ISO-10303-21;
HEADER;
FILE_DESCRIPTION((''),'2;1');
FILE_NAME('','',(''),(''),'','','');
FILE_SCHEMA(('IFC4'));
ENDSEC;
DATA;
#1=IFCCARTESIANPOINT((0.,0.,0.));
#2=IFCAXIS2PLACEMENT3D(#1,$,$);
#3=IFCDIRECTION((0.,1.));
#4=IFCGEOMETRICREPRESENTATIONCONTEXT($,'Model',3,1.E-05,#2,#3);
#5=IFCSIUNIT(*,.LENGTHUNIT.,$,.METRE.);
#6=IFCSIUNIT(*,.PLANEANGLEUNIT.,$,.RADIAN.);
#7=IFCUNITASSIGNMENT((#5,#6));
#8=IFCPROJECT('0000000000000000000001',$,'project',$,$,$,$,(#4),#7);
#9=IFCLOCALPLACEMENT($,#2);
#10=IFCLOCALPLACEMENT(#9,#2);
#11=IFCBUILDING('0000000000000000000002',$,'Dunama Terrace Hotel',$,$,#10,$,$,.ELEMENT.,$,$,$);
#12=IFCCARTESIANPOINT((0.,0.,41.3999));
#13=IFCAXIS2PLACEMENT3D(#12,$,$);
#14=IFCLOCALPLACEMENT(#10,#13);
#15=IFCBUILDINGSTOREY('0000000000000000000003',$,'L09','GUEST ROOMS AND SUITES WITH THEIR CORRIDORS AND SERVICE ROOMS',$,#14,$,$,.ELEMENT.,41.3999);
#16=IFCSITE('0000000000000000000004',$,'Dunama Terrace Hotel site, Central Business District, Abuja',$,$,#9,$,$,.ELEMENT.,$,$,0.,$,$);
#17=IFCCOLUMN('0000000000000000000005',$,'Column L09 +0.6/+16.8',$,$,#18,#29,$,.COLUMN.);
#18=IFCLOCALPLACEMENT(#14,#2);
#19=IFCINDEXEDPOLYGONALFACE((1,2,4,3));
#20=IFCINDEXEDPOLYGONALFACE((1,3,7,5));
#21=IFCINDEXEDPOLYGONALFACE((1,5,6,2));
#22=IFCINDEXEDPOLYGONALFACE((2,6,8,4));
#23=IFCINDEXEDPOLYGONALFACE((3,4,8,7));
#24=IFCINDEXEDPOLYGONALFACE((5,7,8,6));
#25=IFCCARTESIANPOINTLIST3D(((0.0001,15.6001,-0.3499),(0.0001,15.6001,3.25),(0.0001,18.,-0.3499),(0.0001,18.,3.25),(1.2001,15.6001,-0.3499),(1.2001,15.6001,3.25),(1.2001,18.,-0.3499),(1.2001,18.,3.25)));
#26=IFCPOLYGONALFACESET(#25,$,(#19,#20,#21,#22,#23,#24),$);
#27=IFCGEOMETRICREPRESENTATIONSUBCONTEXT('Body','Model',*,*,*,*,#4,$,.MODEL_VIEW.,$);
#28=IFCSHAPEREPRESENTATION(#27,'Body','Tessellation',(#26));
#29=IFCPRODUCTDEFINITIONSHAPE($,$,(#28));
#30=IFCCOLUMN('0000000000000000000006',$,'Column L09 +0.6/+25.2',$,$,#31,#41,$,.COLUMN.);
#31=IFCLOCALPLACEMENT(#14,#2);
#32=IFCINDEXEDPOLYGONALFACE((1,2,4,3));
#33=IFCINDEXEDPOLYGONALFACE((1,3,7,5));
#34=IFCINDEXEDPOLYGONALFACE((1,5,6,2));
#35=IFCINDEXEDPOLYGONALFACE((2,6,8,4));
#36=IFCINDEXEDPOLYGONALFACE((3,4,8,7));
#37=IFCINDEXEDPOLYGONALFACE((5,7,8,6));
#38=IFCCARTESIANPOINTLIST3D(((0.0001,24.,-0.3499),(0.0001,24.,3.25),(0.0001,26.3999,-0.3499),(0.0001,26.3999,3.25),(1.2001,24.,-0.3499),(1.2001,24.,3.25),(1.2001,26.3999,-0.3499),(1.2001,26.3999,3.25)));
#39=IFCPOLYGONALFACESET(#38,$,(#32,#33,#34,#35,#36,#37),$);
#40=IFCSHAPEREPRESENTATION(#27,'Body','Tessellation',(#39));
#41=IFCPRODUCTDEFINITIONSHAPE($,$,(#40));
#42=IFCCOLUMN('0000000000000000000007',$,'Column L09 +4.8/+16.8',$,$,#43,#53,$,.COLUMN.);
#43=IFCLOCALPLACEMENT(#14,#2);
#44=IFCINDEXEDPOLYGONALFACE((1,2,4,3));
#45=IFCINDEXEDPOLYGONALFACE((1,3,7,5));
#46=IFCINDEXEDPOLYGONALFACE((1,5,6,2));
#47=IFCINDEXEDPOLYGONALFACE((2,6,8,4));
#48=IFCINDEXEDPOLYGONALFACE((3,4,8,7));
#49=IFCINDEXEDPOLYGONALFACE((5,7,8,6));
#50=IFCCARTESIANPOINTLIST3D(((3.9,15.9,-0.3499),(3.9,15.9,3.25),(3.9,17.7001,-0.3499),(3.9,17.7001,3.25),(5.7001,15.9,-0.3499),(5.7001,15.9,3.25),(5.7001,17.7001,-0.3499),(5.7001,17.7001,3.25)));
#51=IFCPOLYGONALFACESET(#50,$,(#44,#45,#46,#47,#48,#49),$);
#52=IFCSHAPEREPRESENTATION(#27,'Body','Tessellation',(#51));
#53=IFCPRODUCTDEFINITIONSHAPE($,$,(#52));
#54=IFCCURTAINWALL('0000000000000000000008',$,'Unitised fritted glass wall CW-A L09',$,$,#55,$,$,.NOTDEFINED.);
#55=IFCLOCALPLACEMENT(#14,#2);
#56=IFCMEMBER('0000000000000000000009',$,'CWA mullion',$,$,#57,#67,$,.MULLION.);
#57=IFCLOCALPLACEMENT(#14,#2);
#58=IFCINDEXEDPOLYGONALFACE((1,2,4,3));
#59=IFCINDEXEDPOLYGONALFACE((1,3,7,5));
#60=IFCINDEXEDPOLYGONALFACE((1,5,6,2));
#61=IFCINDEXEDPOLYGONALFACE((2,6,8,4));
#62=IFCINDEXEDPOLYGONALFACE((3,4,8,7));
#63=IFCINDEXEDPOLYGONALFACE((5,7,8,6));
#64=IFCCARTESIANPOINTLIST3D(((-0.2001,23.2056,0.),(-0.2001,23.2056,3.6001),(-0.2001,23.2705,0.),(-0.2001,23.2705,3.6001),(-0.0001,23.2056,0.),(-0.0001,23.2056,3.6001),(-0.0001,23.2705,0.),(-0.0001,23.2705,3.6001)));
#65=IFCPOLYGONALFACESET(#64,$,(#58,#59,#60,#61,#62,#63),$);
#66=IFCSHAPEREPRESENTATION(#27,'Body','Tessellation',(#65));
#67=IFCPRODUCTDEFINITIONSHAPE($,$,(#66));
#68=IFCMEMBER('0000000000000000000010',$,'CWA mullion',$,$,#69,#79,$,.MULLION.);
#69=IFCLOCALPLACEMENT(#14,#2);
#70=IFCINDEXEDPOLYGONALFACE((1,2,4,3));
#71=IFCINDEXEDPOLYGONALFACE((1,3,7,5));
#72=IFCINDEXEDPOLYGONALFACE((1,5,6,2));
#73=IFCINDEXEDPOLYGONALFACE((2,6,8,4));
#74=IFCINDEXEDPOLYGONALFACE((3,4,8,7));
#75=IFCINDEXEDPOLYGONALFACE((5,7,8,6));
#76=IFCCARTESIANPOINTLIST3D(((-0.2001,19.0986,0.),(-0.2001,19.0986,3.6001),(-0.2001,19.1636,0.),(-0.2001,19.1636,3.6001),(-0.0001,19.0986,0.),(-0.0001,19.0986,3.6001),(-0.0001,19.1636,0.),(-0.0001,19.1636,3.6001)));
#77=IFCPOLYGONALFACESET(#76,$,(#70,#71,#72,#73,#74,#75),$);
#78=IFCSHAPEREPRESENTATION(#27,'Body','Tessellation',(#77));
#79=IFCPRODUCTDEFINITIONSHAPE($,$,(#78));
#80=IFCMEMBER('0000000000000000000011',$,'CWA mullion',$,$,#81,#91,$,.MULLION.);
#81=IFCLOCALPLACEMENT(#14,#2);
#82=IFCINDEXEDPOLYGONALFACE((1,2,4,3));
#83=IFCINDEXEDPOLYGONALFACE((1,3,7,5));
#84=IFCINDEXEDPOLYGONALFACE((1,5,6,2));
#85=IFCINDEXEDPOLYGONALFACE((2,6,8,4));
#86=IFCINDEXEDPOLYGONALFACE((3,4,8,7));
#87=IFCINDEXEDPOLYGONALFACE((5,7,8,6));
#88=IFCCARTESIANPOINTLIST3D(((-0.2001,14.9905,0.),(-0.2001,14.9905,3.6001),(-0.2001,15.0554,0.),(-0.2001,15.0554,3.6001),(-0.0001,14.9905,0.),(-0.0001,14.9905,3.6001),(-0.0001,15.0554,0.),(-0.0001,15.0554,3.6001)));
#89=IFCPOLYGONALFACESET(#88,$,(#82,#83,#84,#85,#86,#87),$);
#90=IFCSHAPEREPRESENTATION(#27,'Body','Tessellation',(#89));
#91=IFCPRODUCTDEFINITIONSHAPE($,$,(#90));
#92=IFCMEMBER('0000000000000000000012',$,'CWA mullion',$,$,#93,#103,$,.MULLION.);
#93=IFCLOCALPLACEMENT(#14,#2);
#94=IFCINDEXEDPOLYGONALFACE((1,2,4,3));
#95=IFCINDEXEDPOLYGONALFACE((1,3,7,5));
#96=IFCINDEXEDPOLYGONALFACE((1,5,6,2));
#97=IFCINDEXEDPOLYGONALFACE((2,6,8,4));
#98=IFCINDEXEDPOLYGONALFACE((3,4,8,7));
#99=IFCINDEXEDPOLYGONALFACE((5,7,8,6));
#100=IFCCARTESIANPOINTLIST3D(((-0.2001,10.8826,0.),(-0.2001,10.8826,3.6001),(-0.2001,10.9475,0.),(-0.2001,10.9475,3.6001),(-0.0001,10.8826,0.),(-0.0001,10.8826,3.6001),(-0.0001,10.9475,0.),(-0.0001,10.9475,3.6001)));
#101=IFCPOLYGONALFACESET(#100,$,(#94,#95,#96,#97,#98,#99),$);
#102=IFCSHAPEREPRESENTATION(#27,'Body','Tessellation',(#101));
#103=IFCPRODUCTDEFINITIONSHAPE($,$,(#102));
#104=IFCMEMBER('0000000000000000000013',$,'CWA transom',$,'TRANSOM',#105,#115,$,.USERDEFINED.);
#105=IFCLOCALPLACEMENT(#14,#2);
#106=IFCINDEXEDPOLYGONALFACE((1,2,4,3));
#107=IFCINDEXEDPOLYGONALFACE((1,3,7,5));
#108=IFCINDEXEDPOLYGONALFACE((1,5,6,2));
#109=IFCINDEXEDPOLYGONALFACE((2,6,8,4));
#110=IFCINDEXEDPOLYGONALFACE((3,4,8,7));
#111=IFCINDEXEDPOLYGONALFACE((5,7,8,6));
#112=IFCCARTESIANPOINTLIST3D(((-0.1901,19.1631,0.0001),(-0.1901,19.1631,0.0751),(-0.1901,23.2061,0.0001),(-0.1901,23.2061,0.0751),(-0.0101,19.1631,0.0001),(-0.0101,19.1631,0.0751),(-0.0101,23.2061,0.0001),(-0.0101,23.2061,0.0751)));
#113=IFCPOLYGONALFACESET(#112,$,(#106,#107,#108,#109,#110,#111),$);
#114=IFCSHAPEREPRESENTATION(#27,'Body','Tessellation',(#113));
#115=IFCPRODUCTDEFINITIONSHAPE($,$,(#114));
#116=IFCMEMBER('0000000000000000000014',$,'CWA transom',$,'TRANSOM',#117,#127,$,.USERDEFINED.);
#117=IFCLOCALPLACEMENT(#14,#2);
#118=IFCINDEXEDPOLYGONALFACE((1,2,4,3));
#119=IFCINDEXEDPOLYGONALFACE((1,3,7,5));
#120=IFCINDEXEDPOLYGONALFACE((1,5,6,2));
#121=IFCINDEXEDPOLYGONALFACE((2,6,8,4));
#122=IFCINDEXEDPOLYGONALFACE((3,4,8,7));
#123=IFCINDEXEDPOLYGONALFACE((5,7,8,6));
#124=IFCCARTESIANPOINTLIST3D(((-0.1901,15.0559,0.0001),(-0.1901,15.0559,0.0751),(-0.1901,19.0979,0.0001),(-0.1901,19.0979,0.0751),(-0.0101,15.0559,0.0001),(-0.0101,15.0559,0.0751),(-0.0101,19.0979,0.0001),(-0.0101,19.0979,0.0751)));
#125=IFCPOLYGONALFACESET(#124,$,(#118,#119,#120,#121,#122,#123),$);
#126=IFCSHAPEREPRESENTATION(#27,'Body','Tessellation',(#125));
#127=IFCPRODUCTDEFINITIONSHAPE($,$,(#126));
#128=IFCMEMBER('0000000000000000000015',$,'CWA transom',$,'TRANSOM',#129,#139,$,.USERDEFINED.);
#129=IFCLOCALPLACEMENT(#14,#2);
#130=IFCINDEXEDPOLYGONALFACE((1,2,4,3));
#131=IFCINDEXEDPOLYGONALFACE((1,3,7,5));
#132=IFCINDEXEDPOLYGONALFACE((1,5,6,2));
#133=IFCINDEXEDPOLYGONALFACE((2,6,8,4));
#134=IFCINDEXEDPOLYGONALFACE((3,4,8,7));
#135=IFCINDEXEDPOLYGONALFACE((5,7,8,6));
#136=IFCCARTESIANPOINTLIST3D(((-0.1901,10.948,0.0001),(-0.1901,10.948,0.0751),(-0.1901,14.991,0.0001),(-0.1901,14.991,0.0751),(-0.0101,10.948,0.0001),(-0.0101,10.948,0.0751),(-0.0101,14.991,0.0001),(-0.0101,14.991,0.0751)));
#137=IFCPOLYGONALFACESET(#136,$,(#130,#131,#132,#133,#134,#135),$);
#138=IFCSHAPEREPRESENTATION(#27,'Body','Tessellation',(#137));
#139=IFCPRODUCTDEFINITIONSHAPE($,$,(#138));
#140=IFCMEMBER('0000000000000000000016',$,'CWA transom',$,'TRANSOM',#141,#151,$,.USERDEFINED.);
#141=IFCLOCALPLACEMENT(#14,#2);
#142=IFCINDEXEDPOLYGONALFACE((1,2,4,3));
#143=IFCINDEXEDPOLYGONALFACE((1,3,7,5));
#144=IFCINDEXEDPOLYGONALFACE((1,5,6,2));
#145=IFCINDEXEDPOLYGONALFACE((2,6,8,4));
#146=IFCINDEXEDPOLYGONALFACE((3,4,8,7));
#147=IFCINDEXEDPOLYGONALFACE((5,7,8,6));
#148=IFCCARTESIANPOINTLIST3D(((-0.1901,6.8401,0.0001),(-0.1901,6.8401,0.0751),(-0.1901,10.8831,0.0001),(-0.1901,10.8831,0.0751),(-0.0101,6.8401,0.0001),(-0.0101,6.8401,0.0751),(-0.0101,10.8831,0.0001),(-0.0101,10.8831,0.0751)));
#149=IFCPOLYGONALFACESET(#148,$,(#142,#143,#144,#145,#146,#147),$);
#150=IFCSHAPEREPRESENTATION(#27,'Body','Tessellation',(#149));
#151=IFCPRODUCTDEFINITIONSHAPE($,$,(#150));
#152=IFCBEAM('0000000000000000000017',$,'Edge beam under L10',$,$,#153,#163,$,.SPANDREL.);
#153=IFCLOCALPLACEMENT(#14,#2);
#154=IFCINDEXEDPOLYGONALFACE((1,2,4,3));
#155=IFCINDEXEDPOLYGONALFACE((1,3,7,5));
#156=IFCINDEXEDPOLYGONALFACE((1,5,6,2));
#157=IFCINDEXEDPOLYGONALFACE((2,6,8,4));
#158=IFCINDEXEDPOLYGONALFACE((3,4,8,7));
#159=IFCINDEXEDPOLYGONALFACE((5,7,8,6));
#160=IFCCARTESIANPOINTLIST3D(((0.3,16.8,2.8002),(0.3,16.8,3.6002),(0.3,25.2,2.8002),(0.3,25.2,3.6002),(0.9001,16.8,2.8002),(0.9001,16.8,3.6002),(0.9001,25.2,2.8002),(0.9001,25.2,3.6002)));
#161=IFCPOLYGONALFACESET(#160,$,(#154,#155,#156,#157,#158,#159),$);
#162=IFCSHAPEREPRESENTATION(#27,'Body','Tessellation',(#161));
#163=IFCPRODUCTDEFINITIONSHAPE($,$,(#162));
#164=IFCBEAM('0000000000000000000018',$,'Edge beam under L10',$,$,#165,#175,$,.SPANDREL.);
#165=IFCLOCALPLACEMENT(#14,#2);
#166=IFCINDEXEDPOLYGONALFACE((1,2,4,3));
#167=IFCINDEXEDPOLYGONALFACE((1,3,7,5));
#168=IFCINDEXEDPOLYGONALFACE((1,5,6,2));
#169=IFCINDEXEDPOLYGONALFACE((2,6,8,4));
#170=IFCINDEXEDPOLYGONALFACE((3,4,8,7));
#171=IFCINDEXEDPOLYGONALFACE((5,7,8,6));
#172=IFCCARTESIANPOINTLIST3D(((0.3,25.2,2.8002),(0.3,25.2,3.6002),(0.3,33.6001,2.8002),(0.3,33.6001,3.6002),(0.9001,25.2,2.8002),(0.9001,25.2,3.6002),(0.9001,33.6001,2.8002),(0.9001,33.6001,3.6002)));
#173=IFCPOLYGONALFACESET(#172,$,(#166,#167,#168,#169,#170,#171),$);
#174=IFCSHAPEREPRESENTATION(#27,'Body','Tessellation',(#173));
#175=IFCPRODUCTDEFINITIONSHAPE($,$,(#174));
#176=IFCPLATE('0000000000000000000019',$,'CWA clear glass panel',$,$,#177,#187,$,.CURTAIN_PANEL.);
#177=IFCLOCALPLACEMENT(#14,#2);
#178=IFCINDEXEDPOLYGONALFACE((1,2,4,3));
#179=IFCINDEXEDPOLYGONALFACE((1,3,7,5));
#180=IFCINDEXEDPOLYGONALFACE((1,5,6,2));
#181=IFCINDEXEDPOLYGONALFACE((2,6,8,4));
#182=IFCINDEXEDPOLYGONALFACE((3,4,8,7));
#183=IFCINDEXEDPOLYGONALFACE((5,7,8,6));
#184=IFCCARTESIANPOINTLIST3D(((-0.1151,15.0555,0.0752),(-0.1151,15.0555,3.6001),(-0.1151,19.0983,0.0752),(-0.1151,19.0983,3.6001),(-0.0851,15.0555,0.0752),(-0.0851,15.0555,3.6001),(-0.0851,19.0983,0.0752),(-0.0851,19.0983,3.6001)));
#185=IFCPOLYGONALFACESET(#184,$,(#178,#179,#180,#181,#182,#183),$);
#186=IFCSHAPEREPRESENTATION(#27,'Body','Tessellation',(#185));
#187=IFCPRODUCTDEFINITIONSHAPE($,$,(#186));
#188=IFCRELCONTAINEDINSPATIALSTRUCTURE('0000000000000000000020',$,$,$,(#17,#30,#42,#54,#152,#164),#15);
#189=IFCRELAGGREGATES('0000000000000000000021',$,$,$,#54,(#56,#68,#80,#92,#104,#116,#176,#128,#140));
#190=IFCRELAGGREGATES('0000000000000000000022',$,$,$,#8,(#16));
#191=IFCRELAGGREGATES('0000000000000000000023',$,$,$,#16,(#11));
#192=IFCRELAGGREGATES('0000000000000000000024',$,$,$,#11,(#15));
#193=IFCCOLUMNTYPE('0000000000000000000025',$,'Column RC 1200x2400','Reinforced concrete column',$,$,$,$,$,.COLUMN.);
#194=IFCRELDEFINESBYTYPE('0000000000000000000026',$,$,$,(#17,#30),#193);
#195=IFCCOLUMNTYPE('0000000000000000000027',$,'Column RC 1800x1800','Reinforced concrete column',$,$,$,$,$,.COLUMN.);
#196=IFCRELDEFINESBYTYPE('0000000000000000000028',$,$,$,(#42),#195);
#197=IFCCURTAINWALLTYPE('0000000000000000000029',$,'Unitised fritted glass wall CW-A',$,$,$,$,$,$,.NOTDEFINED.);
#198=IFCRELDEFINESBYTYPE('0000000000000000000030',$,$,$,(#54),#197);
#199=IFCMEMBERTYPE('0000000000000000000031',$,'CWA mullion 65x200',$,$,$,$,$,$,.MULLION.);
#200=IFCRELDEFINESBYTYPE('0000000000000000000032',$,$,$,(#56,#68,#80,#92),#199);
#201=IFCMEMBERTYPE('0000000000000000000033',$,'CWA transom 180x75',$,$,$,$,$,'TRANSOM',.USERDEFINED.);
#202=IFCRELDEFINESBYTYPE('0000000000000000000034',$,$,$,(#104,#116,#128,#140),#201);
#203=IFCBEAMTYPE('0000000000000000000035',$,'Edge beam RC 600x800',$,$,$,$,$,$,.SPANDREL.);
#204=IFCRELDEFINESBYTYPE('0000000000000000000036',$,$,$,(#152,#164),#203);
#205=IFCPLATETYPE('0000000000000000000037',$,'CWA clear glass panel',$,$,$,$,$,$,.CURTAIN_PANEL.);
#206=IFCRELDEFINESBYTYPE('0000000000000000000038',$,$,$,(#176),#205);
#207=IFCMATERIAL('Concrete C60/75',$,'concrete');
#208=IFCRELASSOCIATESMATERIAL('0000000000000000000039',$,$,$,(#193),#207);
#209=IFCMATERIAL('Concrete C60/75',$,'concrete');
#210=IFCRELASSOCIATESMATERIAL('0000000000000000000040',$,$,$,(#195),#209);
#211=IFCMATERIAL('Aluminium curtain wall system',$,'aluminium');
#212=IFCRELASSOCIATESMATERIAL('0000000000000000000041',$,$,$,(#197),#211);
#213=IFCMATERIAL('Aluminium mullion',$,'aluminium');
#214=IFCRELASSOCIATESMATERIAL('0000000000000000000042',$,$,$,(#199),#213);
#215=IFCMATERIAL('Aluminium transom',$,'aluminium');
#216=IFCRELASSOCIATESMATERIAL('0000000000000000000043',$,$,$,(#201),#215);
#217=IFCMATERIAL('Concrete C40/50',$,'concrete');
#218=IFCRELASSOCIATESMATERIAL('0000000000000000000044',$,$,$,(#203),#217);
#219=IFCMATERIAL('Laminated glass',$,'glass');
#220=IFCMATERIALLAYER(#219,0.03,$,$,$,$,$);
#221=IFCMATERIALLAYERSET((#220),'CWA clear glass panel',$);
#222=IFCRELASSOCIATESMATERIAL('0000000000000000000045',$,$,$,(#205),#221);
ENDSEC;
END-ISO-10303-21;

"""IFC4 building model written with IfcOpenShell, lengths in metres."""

from ifc_helpers import new_model, si_unit, direction, frame, origin, origin_2d, place, context, subcontext, project, spatial, rectangle, extrude, material, layer, layer_set, material_profile, profile_set, type_object, element, aggregate, save


model = new_model("IFC4")

# Units and contexts
model_context = context("Model", 3, precision=1e-05, world=origin(), true_north=direction((0.0, 1.0)))
body_context = subcontext(model_context, "Body", "Model", "MODEL_VIEW")
ifc_project = project(units=[si_unit("LENGTHUNIT", "METRE"), si_unit("PLANEANGLEUNIT", "RADIAN")], contexts=[model_context])

# Site, building, storey
site_placement = place(None, origin())
site = spatial("IfcSite", under=ifc_project, at=site_placement, Name="Dunama Terrace Hotel site, Central Business District, Abuja", CompositionType="ELEMENT", RefElevation=0.0)
building_placement = place(site_placement, origin())
building = spatial("IfcBuilding", under=site, at=building_placement, Name="Dunama Terrace Hotel", CompositionType="ELEMENT")
storey_placement = place(building_placement, frame((0.0, 0.0, 41.3999)))
storey = spatial("IfcBuildingStorey", under=building, at=storey_placement, Name="L09", Description="GUEST ROOMS AND SUITES WITH THEIR CORRIDORS AND SERVICE ROOMS", CompositionType="ELEMENT", Elevation=41.3999)

# Columns
ifc_material_1 = material(Name="Concrete C60/75", Category="concrete")
ifc_material_profile_1 = material_profile(ifc_material_1, rectangle(XDim=1.2, YDim=2.3999, at=origin_2d()), Name="RC 1200x2400")
ifc_profile_set_1 = profile_set([ifc_material_profile_1], Name="Concrete C60/75")
column_type_1 = type_object("IfcColumnType", Name="Column RC 1200x2400", Description="Reinforced concrete column", PredefinedType="COLUMN", material=ifc_profile_set_1)
for number, where, z_axis, x_axis, name in (
    (1, (0.6001, 16.8, -0.3499), (0.0, 0.0, 1.0), (1.0, 0.0, 0.0), "Column L09 +0.6/+16.8"),
    (2, (0.6001, 25.2, -0.3499), (0.0, 0.0, 1.0), (1.0, 0.0, 0.0), "Column L09 +0.6/+25.2"),
):
    element("IfcColumn", number, at=place(storey_placement, frame(where, z_axis=z_axis, x_axis=x_axis)), inside=storey, type_object=column_type_1, Name=name, PredefinedType="COLUMN", context=body_context, shape_type="SweptSolid", body=[
        extrude(rectangle(XDim=1.2, YDim=2.3999, at=origin_2d()), origin(), (0.0, 0.0, 1.0), 3.5999),
    ])
ifc_material_2 = material(Name="Concrete C60/75", Category="concrete")
ifc_material_profile_2 = material_profile(ifc_material_2, rectangle(XDim=1.8, YDim=1.8, at=origin_2d()), Name="RC 1800x1800")
ifc_profile_set_2 = profile_set([ifc_material_profile_2], Name="Concrete C60/75")
column_type_2 = type_object("IfcColumnType", Name="Column RC 1800x1800", Description="Reinforced concrete column", PredefinedType="COLUMN", material=ifc_profile_set_2)
column_placement = place(storey_placement, frame((4.8, 16.8, -0.3499), z_axis=(0.0, 0.0, 1.0), x_axis=(1.0, 0.0, 0.0)))
element("IfcColumn", 3, at=column_placement, inside=storey, type_object=column_type_2, Name="Column L09 +4.8/+16.8", PredefinedType="COLUMN", context=body_context, shape_type="SweptSolid", body=[
    extrude(rectangle(XDim=1.8, YDim=1.8, at=origin_2d()), origin(), (0.0, 0.0, 1.0), 3.5999),
])

# Curtain wall, members
ifc_material_3 = material(Name="Aluminium curtain wall system", Category="aluminium")
curtain_wall_type = type_object("IfcCurtainWallType", Name="Unitised fritted glass wall CW-A", PredefinedType="NOTDEFINED", material=ifc_material_3)
curtain_wall_placement = place(storey_placement, origin())
curtain_wall = element("IfcCurtainWall", 4, at=curtain_wall_placement, inside=storey, type_object=curtain_wall_type, Name="Unitised fritted glass wall CW-A L09", PredefinedType="NOTDEFINED")
ifc_material_4 = material(Name="Aluminium mullion", Category="aluminium")
ifc_material_profile_3 = material_profile(ifc_material_4, rectangle(XDim=0.0649, YDim=0.2, at=origin_2d()), Name="CWA MULLION 65X200")
ifc_profile_set_3 = profile_set([ifc_material_profile_3], Name="Aluminium mullion")
member_type_1 = type_object("IfcMemberType", Name="CWA mullion 65x200", PredefinedType="MULLION", material=ifc_profile_set_3)
member_1_placement = place(storey_placement, frame((-0.1001, 23.238, 0.0), z_axis=(0.0, 0.0, 1.0), x_axis=(0.0, -1.0, 0.0)))
member_1 = element("IfcMember", 5, at=member_1_placement, type_object=member_type_1, Name="CWA mullion", PredefinedType="MULLION", context=body_context, shape_type="SweptSolid", body=[
    extrude(rectangle(XDim=0.0649, YDim=0.2, at=origin_2d()), origin(), (0.0, 0.0, 1.0), 3.6001),
])
member_2_placement = place(storey_placement, frame((-0.1001, 19.1311, 0.0), z_axis=(0.0, 0.0, 1.0), x_axis=(0.0, -1.0, 0.0)))
member_2 = element("IfcMember", 6, at=member_2_placement, type_object=member_type_1, Name="CWA mullion", PredefinedType="MULLION", context=body_context, shape_type="SweptSolid", body=[
    extrude(rectangle(XDim=0.0649, YDim=0.2, at=origin_2d()), origin(), (0.0, 0.0, 1.0), 3.6001),
])
member_3_placement = place(storey_placement, frame((-0.1001, 15.0229, 0.0), z_axis=(0.0, 0.0, 1.0), x_axis=(0.0, -1.0, 0.0)))
member_3 = element("IfcMember", 7, at=member_3_placement, type_object=member_type_1, Name="CWA mullion", PredefinedType="MULLION", context=body_context, shape_type="SweptSolid", body=[
    extrude(rectangle(XDim=0.0649, YDim=0.2, at=origin_2d()), origin(), (0.0, 0.0, 1.0), 3.6001),
])
member_4_placement = place(storey_placement, frame((-0.1001, 10.915, 0.0), z_axis=(0.0, 0.0, 1.0), x_axis=(0.0, -1.0, 0.0)))
member_4 = element("IfcMember", 8, at=member_4_placement, type_object=member_type_1, Name="CWA mullion", PredefinedType="MULLION", context=body_context, shape_type="SweptSolid", body=[
    extrude(rectangle(XDim=0.0649, YDim=0.2, at=origin_2d()), origin(), (0.0, 0.0, 1.0), 3.6001),
])
ifc_material_5 = material(Name="Aluminium transom", Category="aluminium")
ifc_material_profile_4 = material_profile(ifc_material_5, rectangle(XDim=0.1799, YDim=0.075, at=origin_2d()), Name="CWA TRANSOM 180X75")
ifc_profile_set_4 = profile_set([ifc_material_profile_4], Name="Aluminium transom")
member_type_2 = type_object("IfcMemberType", Name="CWA transom 180x75", ElementType="TRANSOM", PredefinedType="USERDEFINED", material=ifc_profile_set_4)
member_5_placement = place(storey_placement, frame((-0.1001, 23.2061, 0.0376), z_axis=(0.0, -1.0, 0.0), x_axis=(1.0, 0.0, 0.0)))
member_5 = element("IfcMember", 9, at=member_5_placement, type_object=member_type_2, Name="CWA transom", ObjectType="TRANSOM", PredefinedType="USERDEFINED", context=body_context, shape_type="SweptSolid", body=[
    extrude(rectangle(XDim=0.1799, YDim=0.075, at=origin_2d()), origin(), (0.0, 0.0, 1.0), 4.043),
])
member_6_placement = place(storey_placement, frame((-0.1001, 19.0979, 0.0376), z_axis=(0.0, -1.0, 0.0), x_axis=(1.0, 0.0, 0.0)))
member_6 = element("IfcMember", 10, at=member_6_placement, type_object=member_type_2, Name="CWA transom", ObjectType="TRANSOM", PredefinedType="USERDEFINED", context=body_context, shape_type="SweptSolid", body=[
    extrude(rectangle(XDim=0.1799, YDim=0.075, at=origin_2d()), origin(), (0.0, 0.0, 1.0), 4.042),
])
member_7_placement = place(storey_placement, frame((-0.1001, 14.991, 0.0376), z_axis=(0.0, -1.0, 0.0), x_axis=(1.0, 0.0, 0.0)))
member_7 = element("IfcMember", 11, at=member_7_placement, type_object=member_type_2, Name="CWA transom", ObjectType="TRANSOM", PredefinedType="USERDEFINED", context=body_context, shape_type="SweptSolid", body=[
    extrude(rectangle(XDim=0.1799, YDim=0.075, at=origin_2d()), origin(), (0.0, 0.0, 1.0), 4.043),
])
member_8_placement = place(storey_placement, frame((-0.1001, 10.8831, 0.0376), z_axis=(0.0, -1.0, 0.0), x_axis=(1.0, 0.0, 0.0)))
member_8 = element("IfcMember", 12, at=member_8_placement, type_object=member_type_2, Name="CWA transom", ObjectType="TRANSOM", PredefinedType="USERDEFINED", context=body_context, shape_type="SweptSolid", body=[
    extrude(rectangle(XDim=0.1799, YDim=0.075, at=origin_2d()), origin(), (0.0, 0.0, 1.0), 4.043),
])

# Beams
ifc_material_6 = material(Name="Concrete C40/50", Category="concrete")
ifc_material_profile_5 = material_profile(ifc_material_6, rectangle(XDim=0.6001, YDim=0.8, at=origin_2d()), Name="RC 600x800")
ifc_profile_set_5 = profile_set([ifc_material_profile_5], Name="Concrete C40/50")
beam_type = type_object("IfcBeamType", Name="Edge beam RC 600x800", PredefinedType="SPANDREL", material=ifc_profile_set_5)
beam_1_placement = place(storey_placement, frame((0.6001, 16.8, 3.2002), z_axis=(0.0, 1.0, 0.0), x_axis=(-1.0, 0.0, 0.0)))
element("IfcBeam", 13, at=beam_1_placement, inside=storey, type_object=beam_type, Name="Edge beam under L10", PredefinedType="SPANDREL", context=body_context, shape_type="SweptSolid", body=[
    extrude(rectangle(XDim=0.6001, YDim=0.8, at=origin_2d()), origin(), (0.0, 0.0, 1.0), 8.3999),
])
beam_2_placement = place(storey_placement, frame((0.6001, 25.2, 3.2002), z_axis=(0.0, 1.0, 0.0), x_axis=(-1.0, 0.0, 0.0)))
element("IfcBeam", 14, at=beam_2_placement, inside=storey, type_object=beam_type, Name="Edge beam under L10", PredefinedType="SPANDREL", context=body_context, shape_type="SweptSolid", body=[
    extrude(rectangle(XDim=0.6001, YDim=0.8, at=origin_2d()), origin(), (0.0, 0.0, 1.0), 8.4001),
])

# Plate
ifc_material_7 = material(Name="Laminated glass", Category="glass")
ifc_layer_1 = layer(ifc_material_7, 0.03)
ifc_layer_set_1 = layer_set([ifc_layer_1], Name="CWA clear glass panel")
plate_type_1 = type_object("IfcPlateType", Name="CWA clear glass panel", PredefinedType="CURTAIN_PANEL", material=ifc_layer_set_1)
plate_1_placement = place(storey_placement, frame((-0.1001, 17.0769, 0.0752), z_axis=(0.0, 0.0, 1.0), x_axis=(0.0, -1.0, 0.0)))
plate_1 = element("IfcPlate", 15, at=plate_1_placement, type_object=plate_type_1, Name="CWA clear glass panel", PredefinedType="CURTAIN_PANEL", context=body_context, shape_type="SweptSolid", body=[
    extrude(rectangle(XDim=4.0427, YDim=0.03, at=origin_2d()), origin(), (0.0, 0.0, 1.0), 3.5249),
])
aggregate(curtain_wall, [member_1, member_2, member_3, member_4, member_5, member_6, plate_1, member_7, member_8])

save(model, "model.ifc")
